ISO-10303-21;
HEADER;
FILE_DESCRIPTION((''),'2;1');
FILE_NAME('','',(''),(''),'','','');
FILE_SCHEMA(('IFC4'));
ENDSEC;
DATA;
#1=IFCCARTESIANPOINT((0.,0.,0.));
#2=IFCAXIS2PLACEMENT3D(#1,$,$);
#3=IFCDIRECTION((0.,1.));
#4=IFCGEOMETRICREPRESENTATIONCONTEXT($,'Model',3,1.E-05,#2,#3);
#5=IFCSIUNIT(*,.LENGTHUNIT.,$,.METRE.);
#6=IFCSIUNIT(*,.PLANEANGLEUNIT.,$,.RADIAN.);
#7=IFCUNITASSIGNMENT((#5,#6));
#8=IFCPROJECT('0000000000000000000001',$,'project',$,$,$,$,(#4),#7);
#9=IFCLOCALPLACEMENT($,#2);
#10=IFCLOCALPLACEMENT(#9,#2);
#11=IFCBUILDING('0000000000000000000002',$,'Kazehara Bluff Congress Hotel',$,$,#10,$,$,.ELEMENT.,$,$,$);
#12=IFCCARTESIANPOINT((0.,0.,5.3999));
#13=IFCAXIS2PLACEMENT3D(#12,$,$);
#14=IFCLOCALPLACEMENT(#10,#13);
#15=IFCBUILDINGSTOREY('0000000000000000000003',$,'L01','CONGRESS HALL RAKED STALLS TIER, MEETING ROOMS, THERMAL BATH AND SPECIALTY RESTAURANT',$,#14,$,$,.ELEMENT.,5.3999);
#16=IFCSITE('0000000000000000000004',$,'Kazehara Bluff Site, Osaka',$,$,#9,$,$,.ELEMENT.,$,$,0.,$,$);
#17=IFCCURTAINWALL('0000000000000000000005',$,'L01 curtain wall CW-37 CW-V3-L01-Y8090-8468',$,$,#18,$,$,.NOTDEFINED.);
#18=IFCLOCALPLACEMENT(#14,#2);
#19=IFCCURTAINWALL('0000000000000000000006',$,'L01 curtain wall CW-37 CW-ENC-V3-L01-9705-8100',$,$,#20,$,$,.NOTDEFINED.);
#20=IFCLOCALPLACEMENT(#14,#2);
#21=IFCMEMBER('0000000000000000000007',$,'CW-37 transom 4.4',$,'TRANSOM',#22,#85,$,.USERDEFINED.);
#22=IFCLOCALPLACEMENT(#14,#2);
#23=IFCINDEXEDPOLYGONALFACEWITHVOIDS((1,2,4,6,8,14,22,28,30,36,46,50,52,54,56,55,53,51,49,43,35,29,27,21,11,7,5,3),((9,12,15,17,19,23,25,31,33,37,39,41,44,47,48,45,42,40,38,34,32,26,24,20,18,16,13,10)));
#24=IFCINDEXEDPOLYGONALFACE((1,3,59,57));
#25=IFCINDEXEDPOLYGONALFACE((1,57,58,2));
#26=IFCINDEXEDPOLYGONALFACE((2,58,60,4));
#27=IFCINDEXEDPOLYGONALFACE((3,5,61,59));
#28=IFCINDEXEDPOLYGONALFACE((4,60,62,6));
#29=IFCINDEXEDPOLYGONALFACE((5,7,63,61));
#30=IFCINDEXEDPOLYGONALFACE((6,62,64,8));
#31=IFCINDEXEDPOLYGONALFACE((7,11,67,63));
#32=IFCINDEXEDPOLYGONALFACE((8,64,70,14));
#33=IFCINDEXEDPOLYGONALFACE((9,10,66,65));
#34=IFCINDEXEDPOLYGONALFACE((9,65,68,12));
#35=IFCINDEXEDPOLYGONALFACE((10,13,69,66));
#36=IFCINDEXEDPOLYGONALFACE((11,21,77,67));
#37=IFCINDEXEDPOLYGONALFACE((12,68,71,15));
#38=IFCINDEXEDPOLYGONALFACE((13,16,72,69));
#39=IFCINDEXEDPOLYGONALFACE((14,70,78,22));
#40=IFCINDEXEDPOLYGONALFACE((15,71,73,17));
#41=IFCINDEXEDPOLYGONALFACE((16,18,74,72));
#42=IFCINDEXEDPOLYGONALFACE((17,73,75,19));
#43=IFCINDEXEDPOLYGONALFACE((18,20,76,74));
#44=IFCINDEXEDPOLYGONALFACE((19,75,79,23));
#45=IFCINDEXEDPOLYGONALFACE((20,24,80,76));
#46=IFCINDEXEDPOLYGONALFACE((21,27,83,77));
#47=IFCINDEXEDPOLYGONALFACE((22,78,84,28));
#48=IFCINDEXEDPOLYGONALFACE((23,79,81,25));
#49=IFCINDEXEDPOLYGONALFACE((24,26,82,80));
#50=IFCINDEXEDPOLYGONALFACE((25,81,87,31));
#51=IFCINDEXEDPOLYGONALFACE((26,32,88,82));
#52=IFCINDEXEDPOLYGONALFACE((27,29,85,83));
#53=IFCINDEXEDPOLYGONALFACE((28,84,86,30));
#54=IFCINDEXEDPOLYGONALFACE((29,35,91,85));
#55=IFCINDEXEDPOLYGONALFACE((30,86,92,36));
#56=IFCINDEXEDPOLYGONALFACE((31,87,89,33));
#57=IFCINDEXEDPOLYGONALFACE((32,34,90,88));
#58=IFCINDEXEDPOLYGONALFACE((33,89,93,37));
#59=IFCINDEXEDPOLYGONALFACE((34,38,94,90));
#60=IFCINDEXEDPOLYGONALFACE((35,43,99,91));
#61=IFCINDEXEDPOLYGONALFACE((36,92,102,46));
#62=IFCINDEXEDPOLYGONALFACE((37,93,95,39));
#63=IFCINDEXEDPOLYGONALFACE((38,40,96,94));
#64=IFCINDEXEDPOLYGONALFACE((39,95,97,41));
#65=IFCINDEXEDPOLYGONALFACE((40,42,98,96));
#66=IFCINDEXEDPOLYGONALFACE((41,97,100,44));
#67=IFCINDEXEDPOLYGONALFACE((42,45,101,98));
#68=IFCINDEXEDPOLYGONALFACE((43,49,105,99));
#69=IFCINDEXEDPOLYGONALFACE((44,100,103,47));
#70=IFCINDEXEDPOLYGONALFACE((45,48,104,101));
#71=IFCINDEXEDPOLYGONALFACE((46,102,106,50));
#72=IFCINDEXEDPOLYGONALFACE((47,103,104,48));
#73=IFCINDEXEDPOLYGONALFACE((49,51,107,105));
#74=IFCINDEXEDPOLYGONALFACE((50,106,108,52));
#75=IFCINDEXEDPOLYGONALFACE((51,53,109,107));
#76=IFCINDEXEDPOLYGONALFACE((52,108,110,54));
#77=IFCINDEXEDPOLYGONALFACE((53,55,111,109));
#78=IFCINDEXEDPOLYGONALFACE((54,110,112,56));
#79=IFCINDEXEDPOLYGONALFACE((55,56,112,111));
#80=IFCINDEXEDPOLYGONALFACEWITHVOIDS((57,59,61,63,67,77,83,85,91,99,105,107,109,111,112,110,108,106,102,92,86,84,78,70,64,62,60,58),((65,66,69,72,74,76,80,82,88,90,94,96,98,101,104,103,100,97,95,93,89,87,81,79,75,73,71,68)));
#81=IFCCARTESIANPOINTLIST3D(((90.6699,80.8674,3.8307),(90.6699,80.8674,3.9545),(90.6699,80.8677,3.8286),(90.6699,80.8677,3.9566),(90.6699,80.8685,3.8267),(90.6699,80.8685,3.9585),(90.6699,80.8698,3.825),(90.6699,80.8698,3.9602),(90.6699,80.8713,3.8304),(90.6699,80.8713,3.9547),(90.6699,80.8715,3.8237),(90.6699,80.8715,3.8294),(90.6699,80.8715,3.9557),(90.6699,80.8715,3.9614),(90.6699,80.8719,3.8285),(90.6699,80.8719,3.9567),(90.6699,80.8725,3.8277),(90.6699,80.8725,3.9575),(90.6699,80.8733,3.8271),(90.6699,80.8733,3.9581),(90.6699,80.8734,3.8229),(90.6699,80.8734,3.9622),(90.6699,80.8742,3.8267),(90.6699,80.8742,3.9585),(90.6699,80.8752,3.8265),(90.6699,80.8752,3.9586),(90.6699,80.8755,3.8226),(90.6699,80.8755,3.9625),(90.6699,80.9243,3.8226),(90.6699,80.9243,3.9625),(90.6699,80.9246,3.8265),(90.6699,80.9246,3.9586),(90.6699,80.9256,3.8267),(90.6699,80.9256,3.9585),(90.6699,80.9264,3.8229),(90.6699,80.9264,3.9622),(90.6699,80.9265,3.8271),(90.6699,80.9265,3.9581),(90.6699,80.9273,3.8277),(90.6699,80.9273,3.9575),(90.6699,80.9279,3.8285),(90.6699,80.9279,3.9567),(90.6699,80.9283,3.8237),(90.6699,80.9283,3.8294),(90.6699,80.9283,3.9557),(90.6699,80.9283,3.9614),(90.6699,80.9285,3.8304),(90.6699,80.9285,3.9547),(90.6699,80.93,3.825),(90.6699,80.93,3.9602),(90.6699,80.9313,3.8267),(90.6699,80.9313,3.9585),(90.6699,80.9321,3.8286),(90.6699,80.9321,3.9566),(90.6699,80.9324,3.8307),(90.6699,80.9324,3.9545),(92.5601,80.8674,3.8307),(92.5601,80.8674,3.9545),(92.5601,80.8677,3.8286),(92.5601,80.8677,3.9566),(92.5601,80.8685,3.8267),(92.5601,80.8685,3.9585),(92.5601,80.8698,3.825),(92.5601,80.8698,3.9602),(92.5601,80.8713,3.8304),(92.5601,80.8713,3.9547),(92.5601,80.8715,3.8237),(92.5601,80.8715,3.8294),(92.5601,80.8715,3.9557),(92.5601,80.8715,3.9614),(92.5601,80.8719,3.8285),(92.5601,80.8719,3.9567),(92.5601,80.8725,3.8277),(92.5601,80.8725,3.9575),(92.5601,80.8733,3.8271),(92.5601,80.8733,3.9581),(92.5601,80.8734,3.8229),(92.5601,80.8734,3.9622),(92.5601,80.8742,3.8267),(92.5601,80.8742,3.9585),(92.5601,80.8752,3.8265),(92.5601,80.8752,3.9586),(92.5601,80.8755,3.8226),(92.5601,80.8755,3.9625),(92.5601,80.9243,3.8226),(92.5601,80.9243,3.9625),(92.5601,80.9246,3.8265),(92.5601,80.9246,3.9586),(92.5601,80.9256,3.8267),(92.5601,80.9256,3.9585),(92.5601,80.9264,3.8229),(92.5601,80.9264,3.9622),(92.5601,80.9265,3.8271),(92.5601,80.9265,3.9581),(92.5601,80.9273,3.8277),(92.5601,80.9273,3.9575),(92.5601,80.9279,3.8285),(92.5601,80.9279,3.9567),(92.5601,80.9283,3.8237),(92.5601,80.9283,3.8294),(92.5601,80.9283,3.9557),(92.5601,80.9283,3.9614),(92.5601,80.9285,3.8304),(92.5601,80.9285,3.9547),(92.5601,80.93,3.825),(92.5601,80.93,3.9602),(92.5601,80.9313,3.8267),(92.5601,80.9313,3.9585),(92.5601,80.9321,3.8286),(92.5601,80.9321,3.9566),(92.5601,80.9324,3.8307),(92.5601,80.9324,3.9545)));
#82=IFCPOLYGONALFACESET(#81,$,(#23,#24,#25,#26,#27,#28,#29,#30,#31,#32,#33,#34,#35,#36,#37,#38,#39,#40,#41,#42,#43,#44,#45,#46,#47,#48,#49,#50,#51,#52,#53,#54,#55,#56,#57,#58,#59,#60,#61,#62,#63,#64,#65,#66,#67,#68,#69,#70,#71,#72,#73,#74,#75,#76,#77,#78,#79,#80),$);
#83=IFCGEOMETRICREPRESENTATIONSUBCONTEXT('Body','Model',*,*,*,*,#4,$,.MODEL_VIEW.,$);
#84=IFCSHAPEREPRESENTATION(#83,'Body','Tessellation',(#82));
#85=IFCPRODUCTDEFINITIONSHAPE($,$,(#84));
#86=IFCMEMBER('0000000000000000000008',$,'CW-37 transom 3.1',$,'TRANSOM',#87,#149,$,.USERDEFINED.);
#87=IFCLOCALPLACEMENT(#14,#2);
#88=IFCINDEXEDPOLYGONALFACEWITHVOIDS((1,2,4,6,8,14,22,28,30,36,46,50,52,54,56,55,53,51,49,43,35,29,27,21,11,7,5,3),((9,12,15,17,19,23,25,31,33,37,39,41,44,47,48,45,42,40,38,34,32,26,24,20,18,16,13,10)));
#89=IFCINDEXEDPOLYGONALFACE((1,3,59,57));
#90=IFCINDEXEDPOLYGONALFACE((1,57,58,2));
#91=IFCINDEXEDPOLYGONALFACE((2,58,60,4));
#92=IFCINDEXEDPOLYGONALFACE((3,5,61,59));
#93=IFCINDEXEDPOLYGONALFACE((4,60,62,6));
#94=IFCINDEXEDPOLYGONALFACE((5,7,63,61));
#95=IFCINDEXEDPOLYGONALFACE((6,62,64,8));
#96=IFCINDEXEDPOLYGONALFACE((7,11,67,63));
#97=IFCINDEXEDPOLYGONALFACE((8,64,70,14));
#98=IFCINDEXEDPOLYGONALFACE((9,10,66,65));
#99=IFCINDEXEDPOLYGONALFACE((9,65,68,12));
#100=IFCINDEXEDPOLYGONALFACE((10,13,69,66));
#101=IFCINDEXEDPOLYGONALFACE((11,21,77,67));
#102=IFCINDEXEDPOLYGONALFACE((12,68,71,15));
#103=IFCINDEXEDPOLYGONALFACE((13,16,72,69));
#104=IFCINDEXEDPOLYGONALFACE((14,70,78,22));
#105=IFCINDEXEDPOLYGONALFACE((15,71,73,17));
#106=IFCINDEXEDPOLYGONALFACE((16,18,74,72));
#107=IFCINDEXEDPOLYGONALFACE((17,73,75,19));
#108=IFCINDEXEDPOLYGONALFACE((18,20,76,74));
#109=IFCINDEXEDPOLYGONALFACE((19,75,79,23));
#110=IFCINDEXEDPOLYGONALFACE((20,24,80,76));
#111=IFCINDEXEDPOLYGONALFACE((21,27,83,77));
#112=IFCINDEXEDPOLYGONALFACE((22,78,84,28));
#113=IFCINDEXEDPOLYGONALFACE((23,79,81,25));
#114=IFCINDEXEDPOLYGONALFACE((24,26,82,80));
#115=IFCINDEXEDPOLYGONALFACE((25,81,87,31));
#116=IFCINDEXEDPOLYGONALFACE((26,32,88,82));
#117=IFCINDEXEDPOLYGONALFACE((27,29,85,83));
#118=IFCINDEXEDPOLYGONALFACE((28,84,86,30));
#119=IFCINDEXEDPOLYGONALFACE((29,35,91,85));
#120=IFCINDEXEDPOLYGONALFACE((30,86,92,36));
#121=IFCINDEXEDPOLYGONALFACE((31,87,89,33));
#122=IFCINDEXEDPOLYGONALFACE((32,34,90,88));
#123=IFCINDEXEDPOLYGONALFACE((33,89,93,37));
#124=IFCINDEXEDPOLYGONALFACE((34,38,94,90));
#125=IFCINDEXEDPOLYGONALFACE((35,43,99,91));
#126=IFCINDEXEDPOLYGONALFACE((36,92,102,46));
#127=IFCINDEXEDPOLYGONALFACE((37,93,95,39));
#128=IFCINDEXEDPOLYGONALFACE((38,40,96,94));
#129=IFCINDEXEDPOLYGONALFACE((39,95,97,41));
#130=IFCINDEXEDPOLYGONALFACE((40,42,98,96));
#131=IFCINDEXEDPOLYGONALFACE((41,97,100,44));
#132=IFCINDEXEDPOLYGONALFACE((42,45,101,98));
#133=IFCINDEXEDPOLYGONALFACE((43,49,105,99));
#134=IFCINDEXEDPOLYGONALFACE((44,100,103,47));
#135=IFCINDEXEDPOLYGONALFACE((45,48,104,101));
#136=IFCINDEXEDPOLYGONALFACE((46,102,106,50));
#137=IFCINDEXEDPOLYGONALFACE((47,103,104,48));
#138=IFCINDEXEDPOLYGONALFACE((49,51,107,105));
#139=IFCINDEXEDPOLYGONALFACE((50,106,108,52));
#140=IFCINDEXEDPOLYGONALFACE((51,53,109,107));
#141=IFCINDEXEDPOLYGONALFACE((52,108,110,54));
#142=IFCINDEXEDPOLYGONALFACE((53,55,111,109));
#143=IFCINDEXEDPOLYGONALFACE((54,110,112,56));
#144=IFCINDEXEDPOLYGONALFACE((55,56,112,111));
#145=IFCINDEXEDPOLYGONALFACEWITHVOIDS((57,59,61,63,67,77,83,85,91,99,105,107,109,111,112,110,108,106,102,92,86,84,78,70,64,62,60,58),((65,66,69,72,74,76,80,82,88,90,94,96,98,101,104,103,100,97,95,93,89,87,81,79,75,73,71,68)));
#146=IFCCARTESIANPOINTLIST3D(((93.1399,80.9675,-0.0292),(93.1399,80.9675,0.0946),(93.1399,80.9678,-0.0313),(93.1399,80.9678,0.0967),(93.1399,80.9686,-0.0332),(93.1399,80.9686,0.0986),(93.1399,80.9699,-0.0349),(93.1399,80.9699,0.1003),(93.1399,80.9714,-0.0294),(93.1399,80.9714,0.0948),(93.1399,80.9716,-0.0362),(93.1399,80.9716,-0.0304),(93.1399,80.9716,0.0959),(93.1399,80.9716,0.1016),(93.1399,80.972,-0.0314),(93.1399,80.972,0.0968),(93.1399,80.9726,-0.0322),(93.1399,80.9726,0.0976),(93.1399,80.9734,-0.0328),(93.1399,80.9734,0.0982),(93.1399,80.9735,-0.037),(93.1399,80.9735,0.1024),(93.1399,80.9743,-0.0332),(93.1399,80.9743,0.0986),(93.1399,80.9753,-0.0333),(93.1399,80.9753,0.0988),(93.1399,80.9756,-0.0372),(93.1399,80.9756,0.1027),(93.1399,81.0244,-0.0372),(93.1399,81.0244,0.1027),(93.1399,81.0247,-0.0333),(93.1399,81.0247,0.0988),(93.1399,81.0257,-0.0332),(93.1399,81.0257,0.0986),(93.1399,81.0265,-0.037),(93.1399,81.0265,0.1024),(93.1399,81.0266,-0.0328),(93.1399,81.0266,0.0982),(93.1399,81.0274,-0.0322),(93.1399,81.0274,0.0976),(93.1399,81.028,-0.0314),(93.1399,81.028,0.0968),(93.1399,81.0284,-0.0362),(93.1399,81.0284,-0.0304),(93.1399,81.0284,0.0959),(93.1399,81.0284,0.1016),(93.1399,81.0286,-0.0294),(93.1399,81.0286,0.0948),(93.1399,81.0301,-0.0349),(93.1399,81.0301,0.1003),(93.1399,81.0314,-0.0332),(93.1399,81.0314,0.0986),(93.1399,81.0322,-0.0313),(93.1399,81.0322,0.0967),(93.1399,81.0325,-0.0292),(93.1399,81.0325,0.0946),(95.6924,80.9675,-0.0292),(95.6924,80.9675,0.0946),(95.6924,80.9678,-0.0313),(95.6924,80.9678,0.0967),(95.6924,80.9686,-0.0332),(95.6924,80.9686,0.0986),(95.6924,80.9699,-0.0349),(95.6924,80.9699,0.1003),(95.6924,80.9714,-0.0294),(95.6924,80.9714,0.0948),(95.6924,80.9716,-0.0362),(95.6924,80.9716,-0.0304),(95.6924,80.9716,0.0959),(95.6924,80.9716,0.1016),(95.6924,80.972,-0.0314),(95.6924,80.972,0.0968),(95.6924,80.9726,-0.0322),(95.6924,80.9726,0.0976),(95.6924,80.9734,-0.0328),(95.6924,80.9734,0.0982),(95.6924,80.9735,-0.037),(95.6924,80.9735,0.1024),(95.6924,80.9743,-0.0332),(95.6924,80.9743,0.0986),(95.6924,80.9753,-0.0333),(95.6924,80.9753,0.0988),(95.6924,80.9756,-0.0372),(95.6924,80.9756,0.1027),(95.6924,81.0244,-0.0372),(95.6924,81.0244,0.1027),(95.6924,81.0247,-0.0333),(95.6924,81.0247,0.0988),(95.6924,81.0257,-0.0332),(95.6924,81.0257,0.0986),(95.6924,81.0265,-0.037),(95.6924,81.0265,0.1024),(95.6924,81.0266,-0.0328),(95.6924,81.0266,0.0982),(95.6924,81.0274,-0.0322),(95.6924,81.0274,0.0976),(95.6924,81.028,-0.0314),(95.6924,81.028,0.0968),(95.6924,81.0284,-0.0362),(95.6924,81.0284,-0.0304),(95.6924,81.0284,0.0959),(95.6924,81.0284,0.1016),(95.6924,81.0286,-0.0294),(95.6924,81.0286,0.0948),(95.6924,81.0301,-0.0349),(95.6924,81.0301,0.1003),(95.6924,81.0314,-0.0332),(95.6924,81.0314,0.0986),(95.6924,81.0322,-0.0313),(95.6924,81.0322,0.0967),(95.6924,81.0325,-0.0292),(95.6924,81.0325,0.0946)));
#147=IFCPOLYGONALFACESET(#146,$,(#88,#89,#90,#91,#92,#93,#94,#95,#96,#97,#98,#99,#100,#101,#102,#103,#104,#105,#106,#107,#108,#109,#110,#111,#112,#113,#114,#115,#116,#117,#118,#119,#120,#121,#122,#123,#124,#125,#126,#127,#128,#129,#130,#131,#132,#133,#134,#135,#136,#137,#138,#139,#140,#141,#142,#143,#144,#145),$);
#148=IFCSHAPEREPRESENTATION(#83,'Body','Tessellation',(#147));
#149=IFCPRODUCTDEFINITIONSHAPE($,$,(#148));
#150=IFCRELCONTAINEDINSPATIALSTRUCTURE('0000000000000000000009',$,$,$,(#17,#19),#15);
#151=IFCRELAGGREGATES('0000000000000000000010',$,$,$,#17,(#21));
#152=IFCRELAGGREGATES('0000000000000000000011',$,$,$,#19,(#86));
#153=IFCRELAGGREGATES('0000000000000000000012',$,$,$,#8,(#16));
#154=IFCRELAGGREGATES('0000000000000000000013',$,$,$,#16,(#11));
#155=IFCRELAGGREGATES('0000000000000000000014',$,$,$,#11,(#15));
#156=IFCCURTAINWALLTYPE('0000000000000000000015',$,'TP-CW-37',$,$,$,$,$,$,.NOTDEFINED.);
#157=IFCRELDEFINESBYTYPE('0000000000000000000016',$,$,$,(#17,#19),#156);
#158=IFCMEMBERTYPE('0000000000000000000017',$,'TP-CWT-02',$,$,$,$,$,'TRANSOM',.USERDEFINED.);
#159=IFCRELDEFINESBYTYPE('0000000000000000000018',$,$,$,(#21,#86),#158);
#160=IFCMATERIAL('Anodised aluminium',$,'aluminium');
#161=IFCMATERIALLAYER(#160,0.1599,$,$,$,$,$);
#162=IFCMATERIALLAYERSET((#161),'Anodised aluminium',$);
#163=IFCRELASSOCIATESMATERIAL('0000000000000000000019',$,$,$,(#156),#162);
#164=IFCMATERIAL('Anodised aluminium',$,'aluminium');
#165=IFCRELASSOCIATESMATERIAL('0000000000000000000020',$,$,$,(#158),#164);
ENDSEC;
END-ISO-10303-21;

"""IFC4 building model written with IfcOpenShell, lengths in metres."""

from ifc_helpers import new_model, si_unit, direction, frame, origin, origin_2d, place, context, subcontext, project, spatial, hollow_rectangle, extrude, material, layer, layer_set, material_profile, profile_set, type_object, element, aggregate, save


model = new_model("IFC4")

# Units and contexts
model_context = context("Model", 3, precision=1e-05, world=origin(), true_north=direction((0.0, 1.0)))
body_context = subcontext(model_context, "Body", "Model", "MODEL_VIEW")
ifc_project = project(units=[si_unit("LENGTHUNIT", "METRE"), si_unit("PLANEANGLEUNIT", "RADIAN")], contexts=[model_context])

# Site, building, storey
site_placement = place(None, origin())
site = spatial("IfcSite", under=ifc_project, at=site_placement, Name="Kazehara Bluff Site, Osaka", CompositionType="ELEMENT", RefElevation=0.0)
building_placement = place(site_placement, origin())
building = spatial("IfcBuilding", under=site, at=building_placement, Name="Kazehara Bluff Congress Hotel", CompositionType="ELEMENT")
storey_placement = place(building_placement, frame((0.0, 0.0, 5.3999)))
storey = spatial("IfcBuildingStorey", under=building, at=storey_placement, Name="L01", Description="CONGRESS HALL RAKED STALLS TIER, MEETING ROOMS, THERMAL BATH AND SPECIALTY RESTAURANT", CompositionType="ELEMENT", Elevation=5.3999)

# Curtain walls
ifc_material_1 = material(Name="Anodised aluminium", Category="aluminium")
ifc_layer_1 = layer(ifc_material_1, 0.1599)
ifc_layer_set_1 = layer_set([ifc_layer_1], Name="Anodised aluminium")
curtain_wall_type = type_object("IfcCurtainWallType", Name="TP-CW-37", PredefinedType="NOTDEFINED", material=ifc_layer_set_1)
curtain_wall_1_placement = place(storey_placement, origin())
curtain_wall_1 = element("IfcCurtainWall", 1, at=curtain_wall_1_placement, inside=storey, type_object=curtain_wall_type, Name="L01 curtain wall CW-37 CW-V3-L01-Y8090-8468", PredefinedType="NOTDEFINED")
curtain_wall_2_placement = place(storey_placement, origin())
curtain_wall_2 = element("IfcCurtainWall", 2, at=curtain_wall_2_placement, inside=storey, type_object=curtain_wall_type, Name="L01 curtain wall CW-37 CW-ENC-V3-L01-9705-8100", PredefinedType="NOTDEFINED")

# Members
ifc_material_2 = material(Name="Anodised aluminium", Category="aluminium")
ifc_material_profile_1 = material_profile(ifc_material_2, hollow_rectangle(XDim=0.0649, YDim=0.1399, WallThickness=0.0039, InnerFilletRadius=0.0039, OuterFilletRadius=0.0081, at=origin_2d()))
ifc_profile_set_1 = profile_set([ifc_material_profile_1], Name="Anodised aluminium")
member_type_1 = type_object("IfcMemberType", Name="TP-CWT-02", ElementType="TRANSOM", PredefinedType="USERDEFINED", material=ifc_profile_set_1)
member_1_placement = place(storey_placement, frame((90.6699, 80.8999, 3.8926), z_axis=(1.0, 0.0, 0.0), x_axis=(0.0, 1.0, 0.0)))
member_1 = element("IfcMember", 3, at=member_1_placement, type_object=member_type_1, Name="CW-37 transom 4.4", ObjectType="TRANSOM", PredefinedType="USERDEFINED", context=body_context, shape_type="SweptSolid", body=[
    extrude(hollow_rectangle(XDim=0.0649, YDim=0.1399, WallThickness=0.0039, InnerFilletRadius=0.0039, OuterFilletRadius=0.0081, at=origin_2d()), origin(), (0.0, 0.0, 1.0), 1.8901),
])
member_2_placement = place(storey_placement, frame((95.6924, 81.0, 0.0327), z_axis=(-1.0, 0.0, 0.0), x_axis=(0.0, -1.0, 0.0)))
member_2 = element("IfcMember", 4, at=member_2_placement, type_object=member_type_1, Name="CW-37 transom 3.1", ObjectType="TRANSOM", PredefinedType="USERDEFINED", context=body_context, shape_type="SweptSolid", body=[
    extrude(hollow_rectangle(XDim=0.0649, YDim=0.1399, WallThickness=0.0039, InnerFilletRadius=0.0039, OuterFilletRadius=0.0081, at=origin_2d()), origin(), (0.0, 0.0, 1.0), 2.5525),
])

aggregate(curtain_wall_1, [member_1])
aggregate(curtain_wall_2, [member_2])

save(model, "model.ifc")
